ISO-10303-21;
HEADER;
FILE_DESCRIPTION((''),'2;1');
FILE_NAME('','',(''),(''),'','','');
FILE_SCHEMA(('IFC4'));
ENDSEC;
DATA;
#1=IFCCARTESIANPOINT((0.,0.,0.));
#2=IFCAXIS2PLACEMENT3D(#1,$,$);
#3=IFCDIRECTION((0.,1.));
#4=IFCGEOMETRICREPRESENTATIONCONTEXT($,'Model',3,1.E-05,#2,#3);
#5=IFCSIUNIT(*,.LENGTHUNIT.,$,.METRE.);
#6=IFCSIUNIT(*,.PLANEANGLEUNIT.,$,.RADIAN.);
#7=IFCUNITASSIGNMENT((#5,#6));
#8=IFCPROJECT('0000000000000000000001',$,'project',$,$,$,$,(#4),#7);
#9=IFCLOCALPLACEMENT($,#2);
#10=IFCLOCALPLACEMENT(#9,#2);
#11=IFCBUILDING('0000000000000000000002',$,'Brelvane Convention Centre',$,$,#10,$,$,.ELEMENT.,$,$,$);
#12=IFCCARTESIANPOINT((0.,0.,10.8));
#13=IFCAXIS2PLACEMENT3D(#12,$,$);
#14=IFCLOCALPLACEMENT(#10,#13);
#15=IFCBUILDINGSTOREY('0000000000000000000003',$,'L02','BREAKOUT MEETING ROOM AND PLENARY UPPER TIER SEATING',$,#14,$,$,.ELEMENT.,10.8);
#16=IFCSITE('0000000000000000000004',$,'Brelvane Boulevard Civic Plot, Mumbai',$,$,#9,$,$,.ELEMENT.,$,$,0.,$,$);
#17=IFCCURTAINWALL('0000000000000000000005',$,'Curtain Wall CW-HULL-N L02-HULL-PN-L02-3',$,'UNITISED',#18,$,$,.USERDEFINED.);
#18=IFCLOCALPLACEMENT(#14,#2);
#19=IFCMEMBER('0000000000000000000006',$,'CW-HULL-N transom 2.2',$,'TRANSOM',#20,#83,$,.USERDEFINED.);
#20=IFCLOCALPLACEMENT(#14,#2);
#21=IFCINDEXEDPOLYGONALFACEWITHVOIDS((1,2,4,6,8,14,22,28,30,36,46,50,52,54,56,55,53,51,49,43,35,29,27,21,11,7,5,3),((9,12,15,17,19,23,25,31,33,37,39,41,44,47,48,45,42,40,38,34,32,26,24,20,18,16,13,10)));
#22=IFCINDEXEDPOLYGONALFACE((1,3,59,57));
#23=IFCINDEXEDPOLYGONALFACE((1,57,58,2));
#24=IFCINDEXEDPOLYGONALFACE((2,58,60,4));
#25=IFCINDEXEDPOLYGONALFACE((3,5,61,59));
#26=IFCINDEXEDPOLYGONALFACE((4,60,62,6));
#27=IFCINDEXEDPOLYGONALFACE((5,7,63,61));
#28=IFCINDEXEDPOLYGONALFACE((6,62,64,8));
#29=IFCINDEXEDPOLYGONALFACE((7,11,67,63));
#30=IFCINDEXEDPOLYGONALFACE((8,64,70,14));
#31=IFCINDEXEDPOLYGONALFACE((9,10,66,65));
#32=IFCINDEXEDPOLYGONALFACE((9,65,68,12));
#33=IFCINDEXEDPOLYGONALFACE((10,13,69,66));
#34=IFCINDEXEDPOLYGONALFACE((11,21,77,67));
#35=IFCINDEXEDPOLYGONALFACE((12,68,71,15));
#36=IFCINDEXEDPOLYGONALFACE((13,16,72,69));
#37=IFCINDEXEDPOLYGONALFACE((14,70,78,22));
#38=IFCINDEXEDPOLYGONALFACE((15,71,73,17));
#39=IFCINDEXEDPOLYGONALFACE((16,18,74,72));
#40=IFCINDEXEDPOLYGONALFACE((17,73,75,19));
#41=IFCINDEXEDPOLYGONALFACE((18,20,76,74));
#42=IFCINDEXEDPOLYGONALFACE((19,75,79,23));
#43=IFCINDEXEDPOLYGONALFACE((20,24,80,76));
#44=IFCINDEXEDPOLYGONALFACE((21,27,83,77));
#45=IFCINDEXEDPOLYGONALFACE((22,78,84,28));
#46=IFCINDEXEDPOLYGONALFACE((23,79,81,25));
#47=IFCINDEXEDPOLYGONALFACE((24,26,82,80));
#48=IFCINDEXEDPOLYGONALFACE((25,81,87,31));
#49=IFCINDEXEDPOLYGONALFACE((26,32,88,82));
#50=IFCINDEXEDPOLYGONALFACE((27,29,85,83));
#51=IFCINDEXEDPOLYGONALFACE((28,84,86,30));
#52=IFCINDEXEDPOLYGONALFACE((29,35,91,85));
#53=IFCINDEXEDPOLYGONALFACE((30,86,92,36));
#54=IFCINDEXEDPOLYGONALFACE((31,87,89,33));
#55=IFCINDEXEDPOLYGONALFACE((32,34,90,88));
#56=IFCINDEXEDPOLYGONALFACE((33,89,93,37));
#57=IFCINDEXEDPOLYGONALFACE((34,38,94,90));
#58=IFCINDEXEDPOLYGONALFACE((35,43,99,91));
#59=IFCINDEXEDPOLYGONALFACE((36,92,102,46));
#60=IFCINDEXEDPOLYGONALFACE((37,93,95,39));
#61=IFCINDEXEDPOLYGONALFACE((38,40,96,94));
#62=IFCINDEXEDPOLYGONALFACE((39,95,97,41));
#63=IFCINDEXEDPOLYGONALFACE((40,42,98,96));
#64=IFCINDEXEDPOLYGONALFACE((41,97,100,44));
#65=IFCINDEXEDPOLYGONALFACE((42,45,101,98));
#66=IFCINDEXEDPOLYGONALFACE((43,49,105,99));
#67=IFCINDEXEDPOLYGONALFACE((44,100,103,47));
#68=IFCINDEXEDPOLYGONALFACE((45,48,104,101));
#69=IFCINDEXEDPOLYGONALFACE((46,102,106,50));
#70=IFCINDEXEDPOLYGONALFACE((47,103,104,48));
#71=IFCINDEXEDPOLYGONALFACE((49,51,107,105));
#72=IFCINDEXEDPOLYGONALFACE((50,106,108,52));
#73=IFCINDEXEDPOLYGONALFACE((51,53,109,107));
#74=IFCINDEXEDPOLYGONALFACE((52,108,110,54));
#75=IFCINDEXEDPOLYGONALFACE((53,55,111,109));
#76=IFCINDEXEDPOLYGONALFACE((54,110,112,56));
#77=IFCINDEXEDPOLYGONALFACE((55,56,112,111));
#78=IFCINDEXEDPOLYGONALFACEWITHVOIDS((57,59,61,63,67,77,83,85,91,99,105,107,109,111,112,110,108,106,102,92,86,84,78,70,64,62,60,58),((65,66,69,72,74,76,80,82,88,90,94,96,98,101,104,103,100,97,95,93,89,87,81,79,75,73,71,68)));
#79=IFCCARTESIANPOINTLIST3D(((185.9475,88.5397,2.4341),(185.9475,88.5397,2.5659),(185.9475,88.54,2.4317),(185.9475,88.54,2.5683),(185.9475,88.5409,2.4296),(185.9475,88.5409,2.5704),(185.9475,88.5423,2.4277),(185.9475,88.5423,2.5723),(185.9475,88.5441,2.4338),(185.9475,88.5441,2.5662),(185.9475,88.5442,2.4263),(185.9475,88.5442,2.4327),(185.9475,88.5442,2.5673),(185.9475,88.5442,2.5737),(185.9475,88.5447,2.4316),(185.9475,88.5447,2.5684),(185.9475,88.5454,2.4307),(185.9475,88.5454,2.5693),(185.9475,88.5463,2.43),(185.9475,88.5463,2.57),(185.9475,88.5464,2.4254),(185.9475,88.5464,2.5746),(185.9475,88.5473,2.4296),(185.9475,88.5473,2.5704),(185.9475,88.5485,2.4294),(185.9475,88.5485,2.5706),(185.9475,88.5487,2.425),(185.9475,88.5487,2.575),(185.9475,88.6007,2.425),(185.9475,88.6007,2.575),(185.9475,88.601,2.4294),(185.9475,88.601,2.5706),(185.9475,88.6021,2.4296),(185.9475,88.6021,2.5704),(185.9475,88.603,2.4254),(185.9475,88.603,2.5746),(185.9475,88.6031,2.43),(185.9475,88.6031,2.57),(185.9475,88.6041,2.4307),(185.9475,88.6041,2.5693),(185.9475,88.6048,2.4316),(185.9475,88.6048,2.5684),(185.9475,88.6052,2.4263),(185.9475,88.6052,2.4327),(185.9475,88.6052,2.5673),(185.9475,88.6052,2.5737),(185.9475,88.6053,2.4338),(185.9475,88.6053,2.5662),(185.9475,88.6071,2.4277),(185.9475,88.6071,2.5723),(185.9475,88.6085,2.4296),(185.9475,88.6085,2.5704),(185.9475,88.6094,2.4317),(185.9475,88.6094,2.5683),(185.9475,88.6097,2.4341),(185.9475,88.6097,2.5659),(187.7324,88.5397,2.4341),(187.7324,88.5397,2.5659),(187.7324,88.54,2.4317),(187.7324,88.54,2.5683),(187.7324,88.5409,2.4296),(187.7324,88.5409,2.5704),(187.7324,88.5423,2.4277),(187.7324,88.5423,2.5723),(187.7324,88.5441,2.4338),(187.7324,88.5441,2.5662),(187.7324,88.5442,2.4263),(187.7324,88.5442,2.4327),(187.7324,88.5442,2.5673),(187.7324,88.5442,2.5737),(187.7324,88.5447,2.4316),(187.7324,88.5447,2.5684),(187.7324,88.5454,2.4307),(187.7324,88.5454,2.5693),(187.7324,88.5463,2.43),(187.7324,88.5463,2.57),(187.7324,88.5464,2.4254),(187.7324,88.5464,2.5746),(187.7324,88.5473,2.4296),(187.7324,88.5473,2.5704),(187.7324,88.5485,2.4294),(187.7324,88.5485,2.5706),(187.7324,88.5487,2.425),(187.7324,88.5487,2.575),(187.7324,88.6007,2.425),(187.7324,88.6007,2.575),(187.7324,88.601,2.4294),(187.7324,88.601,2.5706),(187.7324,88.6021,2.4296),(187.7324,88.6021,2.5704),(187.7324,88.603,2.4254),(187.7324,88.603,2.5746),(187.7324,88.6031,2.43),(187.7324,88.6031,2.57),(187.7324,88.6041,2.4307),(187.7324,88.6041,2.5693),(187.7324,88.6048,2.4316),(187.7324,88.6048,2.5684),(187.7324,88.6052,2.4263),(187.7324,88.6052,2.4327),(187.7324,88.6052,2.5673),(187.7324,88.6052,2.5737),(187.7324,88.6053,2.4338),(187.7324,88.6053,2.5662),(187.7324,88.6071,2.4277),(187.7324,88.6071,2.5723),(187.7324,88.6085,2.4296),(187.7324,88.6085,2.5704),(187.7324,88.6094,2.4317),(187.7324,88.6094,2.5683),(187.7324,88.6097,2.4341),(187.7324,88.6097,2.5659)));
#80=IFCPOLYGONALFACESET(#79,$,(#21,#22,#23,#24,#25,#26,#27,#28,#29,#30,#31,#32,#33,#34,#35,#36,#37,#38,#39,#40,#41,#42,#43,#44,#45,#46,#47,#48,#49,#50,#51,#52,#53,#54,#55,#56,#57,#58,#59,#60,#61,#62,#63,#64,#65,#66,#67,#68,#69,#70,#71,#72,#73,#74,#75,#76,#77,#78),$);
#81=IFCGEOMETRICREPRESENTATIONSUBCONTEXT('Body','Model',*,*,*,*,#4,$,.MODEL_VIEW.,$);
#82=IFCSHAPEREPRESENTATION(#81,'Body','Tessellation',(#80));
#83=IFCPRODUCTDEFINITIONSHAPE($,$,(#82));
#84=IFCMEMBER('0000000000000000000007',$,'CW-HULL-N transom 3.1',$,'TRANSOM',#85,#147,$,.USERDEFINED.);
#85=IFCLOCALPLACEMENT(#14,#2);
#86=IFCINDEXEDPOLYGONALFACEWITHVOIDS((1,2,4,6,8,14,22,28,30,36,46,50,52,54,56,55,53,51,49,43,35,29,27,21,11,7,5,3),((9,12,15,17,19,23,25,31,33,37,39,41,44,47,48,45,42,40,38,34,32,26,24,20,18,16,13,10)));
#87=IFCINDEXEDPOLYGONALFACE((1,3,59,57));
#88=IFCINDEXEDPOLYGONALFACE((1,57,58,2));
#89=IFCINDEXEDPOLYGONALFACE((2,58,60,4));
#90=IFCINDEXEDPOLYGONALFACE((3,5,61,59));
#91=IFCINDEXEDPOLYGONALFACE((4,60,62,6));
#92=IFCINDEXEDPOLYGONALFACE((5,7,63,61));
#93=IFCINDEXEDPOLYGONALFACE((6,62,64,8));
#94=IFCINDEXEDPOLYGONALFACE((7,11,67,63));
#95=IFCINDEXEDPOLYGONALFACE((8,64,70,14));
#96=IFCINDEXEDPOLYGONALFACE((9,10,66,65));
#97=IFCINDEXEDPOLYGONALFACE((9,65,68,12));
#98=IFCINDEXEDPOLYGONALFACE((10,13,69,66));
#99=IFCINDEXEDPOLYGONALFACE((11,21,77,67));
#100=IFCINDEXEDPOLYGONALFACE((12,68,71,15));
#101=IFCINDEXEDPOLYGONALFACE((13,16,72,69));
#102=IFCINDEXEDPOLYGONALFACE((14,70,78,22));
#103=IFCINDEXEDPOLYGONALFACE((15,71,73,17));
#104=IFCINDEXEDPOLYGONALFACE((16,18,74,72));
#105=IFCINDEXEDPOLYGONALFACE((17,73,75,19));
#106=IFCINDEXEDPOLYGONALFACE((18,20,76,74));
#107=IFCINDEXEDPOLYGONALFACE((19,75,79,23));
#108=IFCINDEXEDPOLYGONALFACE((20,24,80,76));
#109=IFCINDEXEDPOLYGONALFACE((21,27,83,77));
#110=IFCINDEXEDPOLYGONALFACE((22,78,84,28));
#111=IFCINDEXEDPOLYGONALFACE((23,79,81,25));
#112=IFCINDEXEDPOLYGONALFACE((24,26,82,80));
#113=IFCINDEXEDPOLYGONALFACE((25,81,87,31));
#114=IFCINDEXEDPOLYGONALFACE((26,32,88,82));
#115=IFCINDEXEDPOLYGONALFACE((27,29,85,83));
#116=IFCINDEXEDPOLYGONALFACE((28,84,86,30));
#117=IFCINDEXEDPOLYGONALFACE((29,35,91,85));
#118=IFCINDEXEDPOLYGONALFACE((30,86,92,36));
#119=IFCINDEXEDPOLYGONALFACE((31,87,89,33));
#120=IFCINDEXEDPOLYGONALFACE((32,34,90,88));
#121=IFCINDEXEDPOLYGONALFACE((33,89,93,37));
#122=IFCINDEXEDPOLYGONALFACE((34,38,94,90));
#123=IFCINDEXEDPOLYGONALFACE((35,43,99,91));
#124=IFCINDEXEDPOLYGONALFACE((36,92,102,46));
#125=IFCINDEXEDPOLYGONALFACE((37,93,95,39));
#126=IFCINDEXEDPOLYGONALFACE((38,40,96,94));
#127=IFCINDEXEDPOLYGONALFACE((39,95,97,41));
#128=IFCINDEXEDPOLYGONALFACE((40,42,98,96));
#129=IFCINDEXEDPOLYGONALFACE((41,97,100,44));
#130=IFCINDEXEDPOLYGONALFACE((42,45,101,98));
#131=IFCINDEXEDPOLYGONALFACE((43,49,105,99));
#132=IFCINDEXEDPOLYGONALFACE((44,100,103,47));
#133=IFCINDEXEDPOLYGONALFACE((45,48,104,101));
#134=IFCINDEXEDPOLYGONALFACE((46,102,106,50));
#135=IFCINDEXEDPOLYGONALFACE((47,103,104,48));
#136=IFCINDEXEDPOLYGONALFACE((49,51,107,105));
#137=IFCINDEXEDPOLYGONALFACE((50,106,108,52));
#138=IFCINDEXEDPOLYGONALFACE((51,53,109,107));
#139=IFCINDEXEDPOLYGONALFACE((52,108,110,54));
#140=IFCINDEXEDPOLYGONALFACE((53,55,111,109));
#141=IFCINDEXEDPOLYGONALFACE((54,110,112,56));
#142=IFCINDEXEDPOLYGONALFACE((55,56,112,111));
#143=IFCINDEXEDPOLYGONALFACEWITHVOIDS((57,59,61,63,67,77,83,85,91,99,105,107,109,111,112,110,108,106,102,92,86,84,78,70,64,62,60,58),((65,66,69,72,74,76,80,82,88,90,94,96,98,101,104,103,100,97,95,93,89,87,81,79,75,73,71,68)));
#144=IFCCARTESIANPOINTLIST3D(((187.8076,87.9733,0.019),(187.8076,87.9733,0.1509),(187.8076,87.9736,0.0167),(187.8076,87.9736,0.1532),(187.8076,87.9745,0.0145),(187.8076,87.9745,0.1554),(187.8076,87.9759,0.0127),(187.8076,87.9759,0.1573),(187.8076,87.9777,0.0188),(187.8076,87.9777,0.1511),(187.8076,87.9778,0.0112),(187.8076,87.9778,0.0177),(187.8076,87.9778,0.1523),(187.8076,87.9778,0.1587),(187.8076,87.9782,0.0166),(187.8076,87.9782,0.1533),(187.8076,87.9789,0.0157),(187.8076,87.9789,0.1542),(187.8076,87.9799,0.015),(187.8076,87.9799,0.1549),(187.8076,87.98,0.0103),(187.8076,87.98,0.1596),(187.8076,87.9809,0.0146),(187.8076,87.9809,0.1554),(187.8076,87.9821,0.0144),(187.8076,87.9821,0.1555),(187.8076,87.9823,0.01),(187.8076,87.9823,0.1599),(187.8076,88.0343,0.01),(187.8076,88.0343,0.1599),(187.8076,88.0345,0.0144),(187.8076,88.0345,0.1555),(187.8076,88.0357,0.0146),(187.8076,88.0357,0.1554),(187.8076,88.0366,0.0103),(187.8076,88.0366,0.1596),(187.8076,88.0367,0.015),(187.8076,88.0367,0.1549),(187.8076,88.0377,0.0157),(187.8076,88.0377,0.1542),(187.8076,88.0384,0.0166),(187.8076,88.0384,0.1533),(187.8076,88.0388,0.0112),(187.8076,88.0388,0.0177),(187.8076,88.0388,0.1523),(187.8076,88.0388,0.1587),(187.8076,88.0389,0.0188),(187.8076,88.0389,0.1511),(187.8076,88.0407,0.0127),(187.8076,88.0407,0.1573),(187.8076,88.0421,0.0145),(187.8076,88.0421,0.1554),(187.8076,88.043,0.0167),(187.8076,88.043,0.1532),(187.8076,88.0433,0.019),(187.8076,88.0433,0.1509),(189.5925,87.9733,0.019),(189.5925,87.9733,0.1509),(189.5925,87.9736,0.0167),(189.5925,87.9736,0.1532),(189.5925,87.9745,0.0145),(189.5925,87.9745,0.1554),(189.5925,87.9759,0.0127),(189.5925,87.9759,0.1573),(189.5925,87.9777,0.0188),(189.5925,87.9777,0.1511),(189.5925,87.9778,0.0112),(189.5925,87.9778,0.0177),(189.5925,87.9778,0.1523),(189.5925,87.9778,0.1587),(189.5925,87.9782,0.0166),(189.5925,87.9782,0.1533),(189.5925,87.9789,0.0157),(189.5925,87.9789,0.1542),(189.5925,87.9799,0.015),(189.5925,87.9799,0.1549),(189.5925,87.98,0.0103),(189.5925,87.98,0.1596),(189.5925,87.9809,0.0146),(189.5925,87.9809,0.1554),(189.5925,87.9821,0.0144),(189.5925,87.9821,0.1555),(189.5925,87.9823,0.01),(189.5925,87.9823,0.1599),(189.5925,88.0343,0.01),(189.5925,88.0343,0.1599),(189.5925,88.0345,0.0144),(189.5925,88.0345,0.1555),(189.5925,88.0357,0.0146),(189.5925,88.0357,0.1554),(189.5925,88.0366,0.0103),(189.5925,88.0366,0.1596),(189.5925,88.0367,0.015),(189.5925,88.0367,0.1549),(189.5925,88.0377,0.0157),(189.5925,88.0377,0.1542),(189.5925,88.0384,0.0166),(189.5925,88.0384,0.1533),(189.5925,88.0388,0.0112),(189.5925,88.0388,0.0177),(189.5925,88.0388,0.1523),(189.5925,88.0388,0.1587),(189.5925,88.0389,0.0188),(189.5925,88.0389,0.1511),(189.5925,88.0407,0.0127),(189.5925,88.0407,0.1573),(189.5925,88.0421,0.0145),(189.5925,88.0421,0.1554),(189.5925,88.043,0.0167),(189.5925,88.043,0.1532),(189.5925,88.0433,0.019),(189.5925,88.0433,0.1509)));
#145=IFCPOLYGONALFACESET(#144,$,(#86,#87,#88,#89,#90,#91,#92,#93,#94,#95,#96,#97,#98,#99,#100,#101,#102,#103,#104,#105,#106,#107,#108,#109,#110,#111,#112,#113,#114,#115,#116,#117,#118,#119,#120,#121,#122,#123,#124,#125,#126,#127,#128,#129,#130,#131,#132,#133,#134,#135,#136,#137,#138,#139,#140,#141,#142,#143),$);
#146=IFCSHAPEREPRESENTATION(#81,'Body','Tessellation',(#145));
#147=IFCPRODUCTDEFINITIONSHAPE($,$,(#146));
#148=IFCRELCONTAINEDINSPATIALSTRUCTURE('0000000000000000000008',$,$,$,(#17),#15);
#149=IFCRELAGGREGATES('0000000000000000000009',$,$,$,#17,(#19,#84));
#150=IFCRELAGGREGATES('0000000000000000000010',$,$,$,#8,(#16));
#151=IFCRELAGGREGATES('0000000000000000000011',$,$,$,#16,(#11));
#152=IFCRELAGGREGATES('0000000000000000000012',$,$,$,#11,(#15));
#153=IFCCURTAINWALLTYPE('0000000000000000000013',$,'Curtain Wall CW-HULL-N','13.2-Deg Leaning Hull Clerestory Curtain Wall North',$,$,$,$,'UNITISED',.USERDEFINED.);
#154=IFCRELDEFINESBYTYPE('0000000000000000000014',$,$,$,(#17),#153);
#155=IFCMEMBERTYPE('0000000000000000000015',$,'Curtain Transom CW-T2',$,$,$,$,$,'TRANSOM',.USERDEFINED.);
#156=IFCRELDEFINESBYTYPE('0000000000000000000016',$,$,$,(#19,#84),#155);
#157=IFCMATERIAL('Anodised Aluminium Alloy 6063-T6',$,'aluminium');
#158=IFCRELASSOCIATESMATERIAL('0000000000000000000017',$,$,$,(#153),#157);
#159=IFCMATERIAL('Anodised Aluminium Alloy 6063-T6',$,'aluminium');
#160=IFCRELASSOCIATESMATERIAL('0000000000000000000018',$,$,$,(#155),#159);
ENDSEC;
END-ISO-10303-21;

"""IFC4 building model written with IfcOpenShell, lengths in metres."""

from ifc_helpers import new_model, si_unit, direction, frame, origin, origin_2d, place, context, subcontext, project, spatial, hollow_rectangle, extrude, material, material_profile, profile_set, type_object, element, aggregate, save


model = new_model("IFC4")

# Units and contexts
model_context = context("Model", 3, precision=1e-05, world=origin(), true_north=direction((0.0, 1.0)))
body_context = subcontext(model_context, "Body", "Model", "MODEL_VIEW")
ifc_project = project(units=[si_unit("LENGTHUNIT", "METRE"), si_unit("PLANEANGLEUNIT", "RADIAN")], contexts=[model_context])

# Site, building, storey
site_placement = place(None, origin())
site = spatial("IfcSite", under=ifc_project, at=site_placement, Name="Brelvane Boulevard Civic Plot, Mumbai", CompositionType="ELEMENT", RefElevation=0.0)
building_placement = place(site_placement, origin())
building = spatial("IfcBuilding", under=site, at=building_placement, Name="Brelvane Convention Centre", CompositionType="ELEMENT")
storey_placement = place(building_placement, frame((0.0, 0.0, 10.8)))
storey = spatial("IfcBuildingStorey", under=building, at=storey_placement, Name="L02", Description="BREAKOUT MEETING ROOM AND PLENARY UPPER TIER SEATING", CompositionType="ELEMENT", Elevation=10.8)

# Curtain wall
ifc_material_1 = material(Name="Anodised Aluminium Alloy 6063-T6", Category="aluminium")
curtain_wall_type = type_object("IfcCurtainWallType", Name="Curtain Wall CW-HULL-N", Description="13.2-Deg Leaning Hull Clerestory Curtain Wall North", ElementType="UNITISED", PredefinedType="USERDEFINED", material=ifc_material_1)
curtain_wall_1_placement = place(storey_placement, origin())
curtain_wall_1 = element("IfcCurtainWall", 1, at=curtain_wall_1_placement, inside=storey, type_object=curtain_wall_type, Name="Curtain Wall CW-HULL-N L02-HULL-PN-L02-3", ObjectType="UNITISED", PredefinedType="USERDEFINED")

# Members
ifc_material_2 = material(Name="Anodised Aluminium Alloy 6063-T6", Category="aluminium")
ifc_material_profile_1 = material_profile(ifc_material_2, hollow_rectangle(XDim=0.0701, YDim=0.1499, WallThickness=0.0044, InnerFilletRadius=0.0044, OuterFilletRadius=0.009, at=origin_2d()), Name="ALU-T 150x70x4.5")
ifc_profile_set_1 = profile_set([ifc_material_profile_1], Name="Anodised Aluminium Alloy 6063-T6")
member_type_1 = type_object("IfcMemberType", Name="Curtain Transom CW-T2", ElementType="TRANSOM", PredefinedType="USERDEFINED", material=ifc_profile_set_1)
member_1_placement = place(storey_placement, frame((185.9475, 88.5747, 2.5), z_axis=(1.0, 0.0, 0.0), x_axis=(0.0, 1.0, 0.0)))
member_1 = element("IfcMember", 2, at=member_1_placement, type_object=member_type_1, Name="CW-HULL-N transom 2.2", ObjectType="TRANSOM", PredefinedType="USERDEFINED", context=body_context, shape_type="SweptSolid", body=[
    extrude(hollow_rectangle(XDim=0.0701, YDim=0.1499, WallThickness=0.0044, InnerFilletRadius=0.0044, OuterFilletRadius=0.009, at=origin_2d()), origin(), (0.0, 0.0, 1.0), 1.7849),
])
member_2_placement = place(storey_placement, frame((187.8076, 88.0083, 0.085), z_axis=(1.0, 0.0, 0.0), x_axis=(0.0, 1.0, 0.0)))
member_2 = element("IfcMember", 3, at=member_2_placement, type_object=member_type_1, Name="CW-HULL-N transom 3.1", ObjectType="TRANSOM", PredefinedType="USERDEFINED", context=body_context, shape_type="SweptSolid", body=[
    extrude(hollow_rectangle(XDim=0.0701, YDim=0.1499, WallThickness=0.0044, InnerFilletRadius=0.0044, OuterFilletRadius=0.009, at=origin_2d()), origin(), (0.0, 0.0, 1.0), 1.7849),
])

aggregate(curtain_wall_1, [member_1, member_2])

save(model, "model.ifc")
